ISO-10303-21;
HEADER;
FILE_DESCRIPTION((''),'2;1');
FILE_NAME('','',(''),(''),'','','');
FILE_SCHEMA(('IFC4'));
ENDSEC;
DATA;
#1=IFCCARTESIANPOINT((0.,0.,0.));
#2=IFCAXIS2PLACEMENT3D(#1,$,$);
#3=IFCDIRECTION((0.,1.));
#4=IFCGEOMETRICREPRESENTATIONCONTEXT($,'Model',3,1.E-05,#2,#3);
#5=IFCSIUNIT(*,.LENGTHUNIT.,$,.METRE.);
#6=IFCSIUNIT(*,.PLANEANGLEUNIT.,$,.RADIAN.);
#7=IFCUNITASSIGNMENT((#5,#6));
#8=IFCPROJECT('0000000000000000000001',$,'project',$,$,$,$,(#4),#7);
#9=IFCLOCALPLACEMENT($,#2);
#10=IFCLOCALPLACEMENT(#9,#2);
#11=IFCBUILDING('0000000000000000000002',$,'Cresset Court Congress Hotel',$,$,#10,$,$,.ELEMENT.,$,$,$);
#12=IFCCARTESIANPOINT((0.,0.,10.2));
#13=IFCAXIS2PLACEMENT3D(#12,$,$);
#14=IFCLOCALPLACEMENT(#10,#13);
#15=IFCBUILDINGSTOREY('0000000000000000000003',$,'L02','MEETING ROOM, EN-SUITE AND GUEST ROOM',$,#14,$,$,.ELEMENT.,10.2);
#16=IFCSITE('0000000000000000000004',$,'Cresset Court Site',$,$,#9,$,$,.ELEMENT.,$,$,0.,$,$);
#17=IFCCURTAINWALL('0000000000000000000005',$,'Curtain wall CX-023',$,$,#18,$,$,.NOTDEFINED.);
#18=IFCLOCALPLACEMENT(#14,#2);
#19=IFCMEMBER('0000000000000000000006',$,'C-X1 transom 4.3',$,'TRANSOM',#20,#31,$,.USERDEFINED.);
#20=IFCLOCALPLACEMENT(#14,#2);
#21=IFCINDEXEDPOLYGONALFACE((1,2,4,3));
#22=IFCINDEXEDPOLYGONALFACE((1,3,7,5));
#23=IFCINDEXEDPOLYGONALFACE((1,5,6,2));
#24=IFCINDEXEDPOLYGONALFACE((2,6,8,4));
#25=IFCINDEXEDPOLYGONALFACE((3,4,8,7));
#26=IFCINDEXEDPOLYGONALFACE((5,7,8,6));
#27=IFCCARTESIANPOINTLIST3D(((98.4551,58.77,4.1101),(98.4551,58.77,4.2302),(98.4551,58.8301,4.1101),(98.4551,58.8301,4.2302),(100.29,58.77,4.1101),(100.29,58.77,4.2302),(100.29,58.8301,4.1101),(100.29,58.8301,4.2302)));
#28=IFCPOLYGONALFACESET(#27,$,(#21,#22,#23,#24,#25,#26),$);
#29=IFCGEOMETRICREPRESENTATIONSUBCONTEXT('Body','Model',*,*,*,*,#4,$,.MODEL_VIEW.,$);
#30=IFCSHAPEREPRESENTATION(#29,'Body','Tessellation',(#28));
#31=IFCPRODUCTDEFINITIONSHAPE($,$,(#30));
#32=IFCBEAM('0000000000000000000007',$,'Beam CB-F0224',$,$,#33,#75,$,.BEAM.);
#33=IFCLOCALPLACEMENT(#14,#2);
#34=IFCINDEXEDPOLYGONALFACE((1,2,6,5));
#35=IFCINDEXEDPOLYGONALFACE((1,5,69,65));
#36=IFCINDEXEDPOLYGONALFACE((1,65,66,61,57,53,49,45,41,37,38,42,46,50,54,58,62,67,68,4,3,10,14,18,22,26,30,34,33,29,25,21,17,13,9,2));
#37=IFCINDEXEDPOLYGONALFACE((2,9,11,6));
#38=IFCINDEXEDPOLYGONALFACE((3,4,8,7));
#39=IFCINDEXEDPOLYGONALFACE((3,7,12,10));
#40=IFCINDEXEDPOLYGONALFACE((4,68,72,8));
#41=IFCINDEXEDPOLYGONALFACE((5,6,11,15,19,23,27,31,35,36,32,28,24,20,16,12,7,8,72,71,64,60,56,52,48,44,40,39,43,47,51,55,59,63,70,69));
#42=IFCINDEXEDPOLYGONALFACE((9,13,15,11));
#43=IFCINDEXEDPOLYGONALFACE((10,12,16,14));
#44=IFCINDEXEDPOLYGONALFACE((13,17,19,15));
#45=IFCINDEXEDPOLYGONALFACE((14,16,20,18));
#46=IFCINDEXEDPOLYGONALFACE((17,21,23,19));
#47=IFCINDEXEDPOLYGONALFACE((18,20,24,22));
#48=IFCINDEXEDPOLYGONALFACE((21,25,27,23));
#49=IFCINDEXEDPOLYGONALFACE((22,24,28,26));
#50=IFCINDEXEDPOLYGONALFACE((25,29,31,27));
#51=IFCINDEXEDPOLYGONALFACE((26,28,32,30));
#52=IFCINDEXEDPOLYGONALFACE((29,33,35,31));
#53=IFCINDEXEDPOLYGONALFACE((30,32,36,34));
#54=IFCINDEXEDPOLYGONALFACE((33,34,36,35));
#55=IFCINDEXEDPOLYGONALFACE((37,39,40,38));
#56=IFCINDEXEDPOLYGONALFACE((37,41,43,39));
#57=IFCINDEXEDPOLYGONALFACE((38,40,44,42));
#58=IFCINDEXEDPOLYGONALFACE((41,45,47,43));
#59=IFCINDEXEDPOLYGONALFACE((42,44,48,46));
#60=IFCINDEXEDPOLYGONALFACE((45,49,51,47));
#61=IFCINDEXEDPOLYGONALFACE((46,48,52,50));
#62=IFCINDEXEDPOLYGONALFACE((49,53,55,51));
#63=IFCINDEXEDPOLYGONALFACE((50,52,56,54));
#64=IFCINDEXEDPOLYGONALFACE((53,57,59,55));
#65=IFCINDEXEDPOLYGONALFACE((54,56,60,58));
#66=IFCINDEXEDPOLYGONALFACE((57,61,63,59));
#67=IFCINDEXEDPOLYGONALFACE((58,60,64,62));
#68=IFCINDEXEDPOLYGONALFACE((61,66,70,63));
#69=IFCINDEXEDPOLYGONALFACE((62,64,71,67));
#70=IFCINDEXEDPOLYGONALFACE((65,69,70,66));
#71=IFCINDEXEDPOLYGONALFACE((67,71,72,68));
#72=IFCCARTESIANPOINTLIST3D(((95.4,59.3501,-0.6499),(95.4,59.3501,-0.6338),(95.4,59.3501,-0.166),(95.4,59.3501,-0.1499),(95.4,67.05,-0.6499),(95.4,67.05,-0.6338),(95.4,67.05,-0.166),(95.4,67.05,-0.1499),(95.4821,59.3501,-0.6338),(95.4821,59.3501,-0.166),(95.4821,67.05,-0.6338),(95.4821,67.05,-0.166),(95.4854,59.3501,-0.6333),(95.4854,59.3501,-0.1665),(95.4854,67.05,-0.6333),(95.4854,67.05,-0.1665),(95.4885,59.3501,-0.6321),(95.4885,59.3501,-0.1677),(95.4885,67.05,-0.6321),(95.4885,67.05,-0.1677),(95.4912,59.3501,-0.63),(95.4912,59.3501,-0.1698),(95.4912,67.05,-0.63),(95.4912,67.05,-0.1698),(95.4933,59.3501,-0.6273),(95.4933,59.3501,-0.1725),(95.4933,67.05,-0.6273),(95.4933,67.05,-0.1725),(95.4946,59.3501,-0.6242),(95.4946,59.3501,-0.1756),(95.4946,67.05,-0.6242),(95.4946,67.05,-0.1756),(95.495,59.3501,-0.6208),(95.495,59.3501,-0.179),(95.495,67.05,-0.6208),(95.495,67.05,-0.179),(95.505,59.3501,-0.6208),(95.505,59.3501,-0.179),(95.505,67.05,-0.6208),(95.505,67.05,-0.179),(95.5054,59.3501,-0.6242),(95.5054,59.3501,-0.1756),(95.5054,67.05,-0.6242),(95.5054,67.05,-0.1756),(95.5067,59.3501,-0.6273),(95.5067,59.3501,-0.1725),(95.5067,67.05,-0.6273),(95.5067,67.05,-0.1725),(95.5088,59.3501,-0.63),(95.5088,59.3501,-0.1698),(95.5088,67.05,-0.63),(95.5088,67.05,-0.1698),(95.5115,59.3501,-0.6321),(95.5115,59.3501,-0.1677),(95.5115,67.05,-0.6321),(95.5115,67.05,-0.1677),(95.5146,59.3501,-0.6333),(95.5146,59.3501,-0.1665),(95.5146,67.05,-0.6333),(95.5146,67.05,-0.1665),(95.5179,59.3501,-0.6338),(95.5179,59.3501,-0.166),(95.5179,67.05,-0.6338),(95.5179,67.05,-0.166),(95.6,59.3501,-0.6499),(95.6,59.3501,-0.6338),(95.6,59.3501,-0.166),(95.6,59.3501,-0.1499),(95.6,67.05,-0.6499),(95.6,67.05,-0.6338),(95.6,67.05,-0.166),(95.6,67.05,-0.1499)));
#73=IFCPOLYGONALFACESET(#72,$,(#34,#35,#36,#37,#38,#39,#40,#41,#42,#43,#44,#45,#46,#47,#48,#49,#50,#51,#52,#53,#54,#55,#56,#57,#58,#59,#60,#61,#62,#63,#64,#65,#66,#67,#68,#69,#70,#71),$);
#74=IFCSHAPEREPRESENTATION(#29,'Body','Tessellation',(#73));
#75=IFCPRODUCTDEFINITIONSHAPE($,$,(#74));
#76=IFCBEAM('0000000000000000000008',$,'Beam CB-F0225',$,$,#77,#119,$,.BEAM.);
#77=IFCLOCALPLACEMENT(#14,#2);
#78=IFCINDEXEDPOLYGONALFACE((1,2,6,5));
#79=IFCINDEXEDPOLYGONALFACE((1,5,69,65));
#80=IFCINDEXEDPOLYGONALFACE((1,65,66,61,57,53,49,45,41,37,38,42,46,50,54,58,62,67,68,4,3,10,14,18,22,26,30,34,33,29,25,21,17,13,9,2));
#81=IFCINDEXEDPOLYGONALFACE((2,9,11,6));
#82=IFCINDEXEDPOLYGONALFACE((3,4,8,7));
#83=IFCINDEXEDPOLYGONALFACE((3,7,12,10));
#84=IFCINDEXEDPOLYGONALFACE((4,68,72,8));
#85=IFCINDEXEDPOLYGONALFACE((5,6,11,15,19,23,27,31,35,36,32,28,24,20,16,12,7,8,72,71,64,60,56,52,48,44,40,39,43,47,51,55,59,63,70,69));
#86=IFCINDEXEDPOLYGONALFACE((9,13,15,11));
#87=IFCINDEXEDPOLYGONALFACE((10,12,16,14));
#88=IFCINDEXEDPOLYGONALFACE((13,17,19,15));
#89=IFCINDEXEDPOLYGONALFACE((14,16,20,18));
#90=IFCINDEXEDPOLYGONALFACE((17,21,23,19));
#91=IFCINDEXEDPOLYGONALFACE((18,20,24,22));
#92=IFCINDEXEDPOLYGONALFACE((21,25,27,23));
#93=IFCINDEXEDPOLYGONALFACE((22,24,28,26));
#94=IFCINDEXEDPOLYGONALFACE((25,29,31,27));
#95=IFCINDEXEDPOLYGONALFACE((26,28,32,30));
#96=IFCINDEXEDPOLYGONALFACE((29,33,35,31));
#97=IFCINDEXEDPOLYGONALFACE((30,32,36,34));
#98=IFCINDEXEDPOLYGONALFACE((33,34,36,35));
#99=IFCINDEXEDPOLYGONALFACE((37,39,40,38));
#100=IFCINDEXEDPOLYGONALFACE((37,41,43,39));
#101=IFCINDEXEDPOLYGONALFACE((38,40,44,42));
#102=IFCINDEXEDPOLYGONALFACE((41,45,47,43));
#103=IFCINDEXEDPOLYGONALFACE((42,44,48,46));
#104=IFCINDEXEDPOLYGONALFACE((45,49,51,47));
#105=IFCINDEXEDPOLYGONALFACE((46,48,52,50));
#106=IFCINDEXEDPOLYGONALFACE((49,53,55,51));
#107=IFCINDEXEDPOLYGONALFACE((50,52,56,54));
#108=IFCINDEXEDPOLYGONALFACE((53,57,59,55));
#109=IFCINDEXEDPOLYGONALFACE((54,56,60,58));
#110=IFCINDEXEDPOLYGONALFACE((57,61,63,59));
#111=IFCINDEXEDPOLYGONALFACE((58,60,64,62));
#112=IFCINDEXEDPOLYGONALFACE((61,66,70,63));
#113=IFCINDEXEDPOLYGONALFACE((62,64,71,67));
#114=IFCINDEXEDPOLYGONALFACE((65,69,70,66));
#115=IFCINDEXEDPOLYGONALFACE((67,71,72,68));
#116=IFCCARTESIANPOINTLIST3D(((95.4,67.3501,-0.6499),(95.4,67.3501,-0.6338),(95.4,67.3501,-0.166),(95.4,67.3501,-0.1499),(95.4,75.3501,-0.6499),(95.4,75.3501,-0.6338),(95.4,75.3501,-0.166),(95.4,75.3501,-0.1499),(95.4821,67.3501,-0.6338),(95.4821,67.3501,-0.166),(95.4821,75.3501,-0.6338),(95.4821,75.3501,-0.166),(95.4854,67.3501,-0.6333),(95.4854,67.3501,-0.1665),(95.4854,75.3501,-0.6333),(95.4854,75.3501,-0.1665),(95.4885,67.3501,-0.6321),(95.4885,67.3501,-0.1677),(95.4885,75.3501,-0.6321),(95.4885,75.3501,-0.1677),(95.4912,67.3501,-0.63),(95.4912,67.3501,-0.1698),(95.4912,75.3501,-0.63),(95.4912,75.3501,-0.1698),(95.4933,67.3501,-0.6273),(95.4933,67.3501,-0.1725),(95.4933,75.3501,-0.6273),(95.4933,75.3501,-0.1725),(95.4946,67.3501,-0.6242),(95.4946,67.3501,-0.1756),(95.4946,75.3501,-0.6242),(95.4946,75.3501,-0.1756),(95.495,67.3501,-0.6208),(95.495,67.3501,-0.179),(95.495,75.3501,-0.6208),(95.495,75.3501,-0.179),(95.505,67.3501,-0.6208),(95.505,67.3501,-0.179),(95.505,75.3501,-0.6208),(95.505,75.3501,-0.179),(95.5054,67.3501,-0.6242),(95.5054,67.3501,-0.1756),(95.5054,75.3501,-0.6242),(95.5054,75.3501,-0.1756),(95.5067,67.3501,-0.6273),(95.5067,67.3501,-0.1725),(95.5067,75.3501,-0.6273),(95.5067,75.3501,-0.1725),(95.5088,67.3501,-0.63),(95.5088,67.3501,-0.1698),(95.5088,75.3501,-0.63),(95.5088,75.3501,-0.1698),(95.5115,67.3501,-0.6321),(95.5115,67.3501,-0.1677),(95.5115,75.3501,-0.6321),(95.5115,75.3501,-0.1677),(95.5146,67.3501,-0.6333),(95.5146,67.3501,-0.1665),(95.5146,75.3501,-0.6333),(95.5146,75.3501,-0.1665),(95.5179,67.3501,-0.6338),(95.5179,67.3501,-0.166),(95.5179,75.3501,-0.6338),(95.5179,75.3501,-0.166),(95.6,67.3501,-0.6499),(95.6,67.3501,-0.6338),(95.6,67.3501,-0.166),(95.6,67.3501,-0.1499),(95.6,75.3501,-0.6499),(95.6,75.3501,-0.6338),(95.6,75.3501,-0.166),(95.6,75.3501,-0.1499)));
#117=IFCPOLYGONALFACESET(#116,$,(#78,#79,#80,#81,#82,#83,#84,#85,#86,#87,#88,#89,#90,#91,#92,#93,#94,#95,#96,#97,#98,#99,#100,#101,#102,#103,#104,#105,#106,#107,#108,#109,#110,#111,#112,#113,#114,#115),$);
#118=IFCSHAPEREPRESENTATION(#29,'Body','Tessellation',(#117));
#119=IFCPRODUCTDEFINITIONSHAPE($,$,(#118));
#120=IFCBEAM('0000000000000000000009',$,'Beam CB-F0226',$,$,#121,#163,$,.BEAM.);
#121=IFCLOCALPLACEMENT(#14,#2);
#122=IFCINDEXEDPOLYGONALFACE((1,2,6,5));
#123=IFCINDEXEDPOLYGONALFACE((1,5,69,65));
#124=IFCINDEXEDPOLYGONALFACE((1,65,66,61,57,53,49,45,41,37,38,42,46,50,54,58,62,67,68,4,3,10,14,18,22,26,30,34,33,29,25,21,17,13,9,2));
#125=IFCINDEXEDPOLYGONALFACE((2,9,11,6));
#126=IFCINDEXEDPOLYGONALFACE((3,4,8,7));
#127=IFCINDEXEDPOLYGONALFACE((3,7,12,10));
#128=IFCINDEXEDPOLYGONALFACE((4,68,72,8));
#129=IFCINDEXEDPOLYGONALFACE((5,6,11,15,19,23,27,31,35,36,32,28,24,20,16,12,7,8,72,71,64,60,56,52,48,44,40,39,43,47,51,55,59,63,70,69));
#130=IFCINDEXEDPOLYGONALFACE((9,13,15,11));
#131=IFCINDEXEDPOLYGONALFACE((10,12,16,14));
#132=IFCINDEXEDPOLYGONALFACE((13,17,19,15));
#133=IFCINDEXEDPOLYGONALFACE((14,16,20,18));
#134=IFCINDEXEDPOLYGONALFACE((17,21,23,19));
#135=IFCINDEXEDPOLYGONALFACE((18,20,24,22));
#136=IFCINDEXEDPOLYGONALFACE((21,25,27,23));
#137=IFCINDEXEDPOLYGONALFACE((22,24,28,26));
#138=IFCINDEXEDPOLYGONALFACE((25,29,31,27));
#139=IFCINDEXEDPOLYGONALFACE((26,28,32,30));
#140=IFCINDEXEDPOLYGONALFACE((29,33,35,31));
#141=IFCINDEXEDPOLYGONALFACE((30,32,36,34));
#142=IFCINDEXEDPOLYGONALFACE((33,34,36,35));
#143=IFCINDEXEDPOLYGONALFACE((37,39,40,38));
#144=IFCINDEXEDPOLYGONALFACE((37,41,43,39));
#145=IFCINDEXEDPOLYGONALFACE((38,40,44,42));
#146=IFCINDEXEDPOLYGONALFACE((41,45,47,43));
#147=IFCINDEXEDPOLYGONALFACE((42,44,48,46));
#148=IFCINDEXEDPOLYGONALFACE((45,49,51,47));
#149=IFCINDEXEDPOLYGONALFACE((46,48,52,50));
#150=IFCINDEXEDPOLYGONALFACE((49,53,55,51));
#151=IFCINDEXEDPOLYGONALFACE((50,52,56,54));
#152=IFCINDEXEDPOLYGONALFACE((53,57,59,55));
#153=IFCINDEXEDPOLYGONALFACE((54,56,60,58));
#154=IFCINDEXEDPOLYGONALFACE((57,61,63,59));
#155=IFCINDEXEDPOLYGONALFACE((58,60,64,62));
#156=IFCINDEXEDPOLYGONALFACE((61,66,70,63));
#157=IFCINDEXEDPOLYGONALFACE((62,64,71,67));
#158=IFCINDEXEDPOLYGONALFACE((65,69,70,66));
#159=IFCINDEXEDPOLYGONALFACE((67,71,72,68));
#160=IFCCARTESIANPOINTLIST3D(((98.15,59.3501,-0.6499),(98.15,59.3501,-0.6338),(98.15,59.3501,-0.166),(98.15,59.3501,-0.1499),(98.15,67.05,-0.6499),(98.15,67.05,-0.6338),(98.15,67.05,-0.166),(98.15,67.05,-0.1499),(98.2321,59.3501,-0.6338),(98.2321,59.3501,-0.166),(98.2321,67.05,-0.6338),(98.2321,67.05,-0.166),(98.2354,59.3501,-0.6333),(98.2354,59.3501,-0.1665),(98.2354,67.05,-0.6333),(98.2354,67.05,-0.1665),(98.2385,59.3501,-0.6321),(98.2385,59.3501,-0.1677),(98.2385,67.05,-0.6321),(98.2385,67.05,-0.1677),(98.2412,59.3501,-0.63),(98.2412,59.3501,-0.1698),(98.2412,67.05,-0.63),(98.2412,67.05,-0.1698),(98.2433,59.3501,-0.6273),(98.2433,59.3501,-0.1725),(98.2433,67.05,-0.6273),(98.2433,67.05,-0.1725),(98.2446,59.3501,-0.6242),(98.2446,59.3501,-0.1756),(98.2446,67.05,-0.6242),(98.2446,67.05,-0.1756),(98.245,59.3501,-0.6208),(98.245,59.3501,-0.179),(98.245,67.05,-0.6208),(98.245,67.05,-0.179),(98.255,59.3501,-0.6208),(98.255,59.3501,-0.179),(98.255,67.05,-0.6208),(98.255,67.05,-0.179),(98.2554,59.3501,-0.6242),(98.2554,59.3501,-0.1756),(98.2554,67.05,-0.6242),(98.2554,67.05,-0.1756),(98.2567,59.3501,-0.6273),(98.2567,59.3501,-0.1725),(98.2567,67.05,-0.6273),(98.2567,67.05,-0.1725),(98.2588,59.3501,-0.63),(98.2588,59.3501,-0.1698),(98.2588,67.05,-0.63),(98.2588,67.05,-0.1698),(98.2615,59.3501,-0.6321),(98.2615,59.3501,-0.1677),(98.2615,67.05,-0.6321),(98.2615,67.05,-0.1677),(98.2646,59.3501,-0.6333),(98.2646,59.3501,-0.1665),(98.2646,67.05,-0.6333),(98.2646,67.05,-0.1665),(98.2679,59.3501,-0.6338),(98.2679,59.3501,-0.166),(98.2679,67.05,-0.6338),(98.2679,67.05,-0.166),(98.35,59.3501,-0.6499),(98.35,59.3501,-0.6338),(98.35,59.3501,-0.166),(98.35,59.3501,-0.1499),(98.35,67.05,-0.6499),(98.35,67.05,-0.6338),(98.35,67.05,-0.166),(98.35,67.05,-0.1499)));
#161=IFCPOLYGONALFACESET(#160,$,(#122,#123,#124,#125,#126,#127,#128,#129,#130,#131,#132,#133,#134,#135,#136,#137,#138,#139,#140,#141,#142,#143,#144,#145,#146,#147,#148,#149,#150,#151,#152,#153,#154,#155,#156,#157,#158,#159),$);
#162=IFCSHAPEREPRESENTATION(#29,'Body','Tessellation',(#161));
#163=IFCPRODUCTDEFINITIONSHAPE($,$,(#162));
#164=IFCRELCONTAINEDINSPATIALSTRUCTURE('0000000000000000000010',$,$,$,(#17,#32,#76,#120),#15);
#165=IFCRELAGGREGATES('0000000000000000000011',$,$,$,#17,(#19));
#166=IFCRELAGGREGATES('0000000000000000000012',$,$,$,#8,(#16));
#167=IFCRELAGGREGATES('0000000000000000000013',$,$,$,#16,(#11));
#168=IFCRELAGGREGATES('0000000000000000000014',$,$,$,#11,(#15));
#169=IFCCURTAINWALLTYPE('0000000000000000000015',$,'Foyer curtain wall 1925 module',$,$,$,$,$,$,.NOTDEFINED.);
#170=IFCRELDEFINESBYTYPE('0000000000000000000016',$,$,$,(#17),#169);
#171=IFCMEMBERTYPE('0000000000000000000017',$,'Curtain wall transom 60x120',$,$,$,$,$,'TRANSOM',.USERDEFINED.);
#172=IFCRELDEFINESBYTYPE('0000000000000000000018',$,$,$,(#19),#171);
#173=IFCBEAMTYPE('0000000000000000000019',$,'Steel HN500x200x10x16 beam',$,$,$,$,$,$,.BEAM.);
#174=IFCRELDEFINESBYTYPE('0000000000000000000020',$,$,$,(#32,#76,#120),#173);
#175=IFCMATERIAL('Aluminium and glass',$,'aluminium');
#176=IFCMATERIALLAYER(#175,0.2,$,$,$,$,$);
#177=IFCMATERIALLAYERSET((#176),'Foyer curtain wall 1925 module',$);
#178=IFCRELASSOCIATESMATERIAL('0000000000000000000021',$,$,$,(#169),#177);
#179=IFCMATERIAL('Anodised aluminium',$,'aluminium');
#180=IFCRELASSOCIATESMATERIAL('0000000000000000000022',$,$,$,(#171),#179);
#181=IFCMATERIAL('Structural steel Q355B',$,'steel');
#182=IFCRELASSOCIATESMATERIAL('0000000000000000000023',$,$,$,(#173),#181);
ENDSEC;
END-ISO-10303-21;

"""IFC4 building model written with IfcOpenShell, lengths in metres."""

from ifc_helpers import new_model, si_unit, direction, frame, origin, origin_2d, place, context, subcontext, project, spatial, rectangle, i_section, extrude, material, layer, layer_set, material_profile, profile_set, type_object, element, aggregate, save


model = new_model("IFC4")

# Units and contexts
model_context = context("Model", 3, precision=1e-05, world=origin(), true_north=direction((0.0, 1.0)))
body_context = subcontext(model_context, "Body", "Model", "MODEL_VIEW")
ifc_project = project(units=[si_unit("LENGTHUNIT", "METRE"), si_unit("PLANEANGLEUNIT", "RADIAN")], contexts=[model_context])

# Site, building, storey
site_placement = place(None, origin())
site = spatial("IfcSite", under=ifc_project, at=site_placement, Name="Cresset Court Site", CompositionType="ELEMENT", RefElevation=0.0)
building_placement = place(site_placement, origin())
building = spatial("IfcBuilding", under=site, at=building_placement, Name="Cresset Court Congress Hotel", CompositionType="ELEMENT")
storey_placement = place(building_placement, frame((0.0, 0.0, 10.2)))
storey = spatial("IfcBuildingStorey", under=building, at=storey_placement, Name="L02", Description="MEETING ROOM, EN-SUITE AND GUEST ROOM", CompositionType="ELEMENT", Elevation=10.2)

# Curtain wall, member
ifc_material_1 = material(Name="Aluminium and glass", Category="aluminium")
ifc_layer_1 = layer(ifc_material_1, 0.2)
ifc_layer_set_1 = layer_set([ifc_layer_1], Name="Foyer curtain wall 1925 module")
curtain_wall_type = type_object("IfcCurtainWallType", Name="Foyer curtain wall 1925 module", PredefinedType="NOTDEFINED", material=ifc_layer_set_1)
curtain_wall_placement = place(storey_placement, origin())
curtain_wall = element("IfcCurtainWall", 1, at=curtain_wall_placement, inside=storey, type_object=curtain_wall_type, Name="Curtain wall CX-023", PredefinedType="NOTDEFINED")
ifc_material_2 = material(Name="Anodised aluminium", Category="aluminium")
ifc_material_profile_1 = material_profile(ifc_material_2, rectangle(XDim=0.0601, YDim=0.1201, at=origin_2d()), Name="AL60x120")
ifc_profile_set_1 = profile_set([ifc_material_profile_1], Name="Anodised aluminium")
member_type_1 = type_object("IfcMemberType", Name="Curtain wall transom 60x120", ElementType="TRANSOM", PredefinedType="USERDEFINED", material=ifc_profile_set_1)
member_1_placement = place(storey_placement, frame((98.4551, 58.8, 4.1702), z_axis=(1.0, 0.0, 0.0), x_axis=(0.0, 1.0, 0.0)))
member_1 = element("IfcMember", 2, at=member_1_placement, type_object=member_type_1, Name="C-X1 transom 4.3", ObjectType="TRANSOM", PredefinedType="USERDEFINED", context=body_context, shape_type="SweptSolid", body=[
    extrude(rectangle(XDim=0.0601, YDim=0.1201, at=origin_2d()), origin(), (0.0, 0.0, 1.0), 1.835),
])

# Beams
ifc_material_3 = material(Name="Structural steel Q355B", Category="steel")
ifc_material_profile_2 = material_profile(ifc_material_3, i_section(OverallWidth=0.2, OverallDepth=0.5, WebThickness=0.01, FlangeThickness=0.0161, FilletRadius=0.0129, at=origin_2d()), Name="HN500x200x10x16")
ifc_profile_set_2 = profile_set([ifc_material_profile_2], Name="Structural steel Q355B")
beam_type = type_object("IfcBeamType", Name="Steel HN500x200x10x16 beam", PredefinedType="BEAM", material=ifc_profile_set_2)
beam_1_placement = place(storey_placement, frame((95.5, 59.3501, -0.3999), z_axis=(0.0, 1.0, 0.0), x_axis=(-1.0, 0.0, 0.0)))
element("IfcBeam", 3, at=beam_1_placement, inside=storey, type_object=beam_type, Name="Beam CB-F0224", PredefinedType="BEAM", context=body_context, shape_type="SweptSolid", body=[
    extrude(i_section(OverallWidth=0.2, OverallDepth=0.5, WebThickness=0.01, FlangeThickness=0.0161, FilletRadius=0.0129, at=origin_2d()), origin(), (0.0, 0.0, 1.0), 7.7),
])
beam_2_placement = place(storey_placement, frame((95.5, 67.3501, -0.3999), z_axis=(0.0, 1.0, 0.0), x_axis=(-1.0, 0.0, 0.0)))
element("IfcBeam", 4, at=beam_2_placement, inside=storey, type_object=beam_type, Name="Beam CB-F0225", PredefinedType="BEAM", context=body_context, shape_type="SweptSolid", body=[
    extrude(i_section(OverallWidth=0.2, OverallDepth=0.5, WebThickness=0.01, FlangeThickness=0.0161, FilletRadius=0.0129, at=origin_2d()), origin(), (0.0, 0.0, 1.0), 8.0),
])
beam_3_placement = place(storey_placement, frame((98.25, 59.3501, -0.3999), z_axis=(0.0, 1.0, 0.0), x_axis=(-1.0, 0.0, 0.0)))
element("IfcBeam", 5, at=beam_3_placement, inside=storey, type_object=beam_type, Name="Beam CB-F0226", PredefinedType="BEAM", context=body_context, shape_type="SweptSolid", body=[
    extrude(i_section(OverallWidth=0.2, OverallDepth=0.5, WebThickness=0.01, FlangeThickness=0.0161, FilletRadius=0.0129, at=origin_2d()), origin(), (0.0, 0.0, 1.0), 7.7),
])

aggregate(curtain_wall, [member_1])

save(model, "model.ifc")
